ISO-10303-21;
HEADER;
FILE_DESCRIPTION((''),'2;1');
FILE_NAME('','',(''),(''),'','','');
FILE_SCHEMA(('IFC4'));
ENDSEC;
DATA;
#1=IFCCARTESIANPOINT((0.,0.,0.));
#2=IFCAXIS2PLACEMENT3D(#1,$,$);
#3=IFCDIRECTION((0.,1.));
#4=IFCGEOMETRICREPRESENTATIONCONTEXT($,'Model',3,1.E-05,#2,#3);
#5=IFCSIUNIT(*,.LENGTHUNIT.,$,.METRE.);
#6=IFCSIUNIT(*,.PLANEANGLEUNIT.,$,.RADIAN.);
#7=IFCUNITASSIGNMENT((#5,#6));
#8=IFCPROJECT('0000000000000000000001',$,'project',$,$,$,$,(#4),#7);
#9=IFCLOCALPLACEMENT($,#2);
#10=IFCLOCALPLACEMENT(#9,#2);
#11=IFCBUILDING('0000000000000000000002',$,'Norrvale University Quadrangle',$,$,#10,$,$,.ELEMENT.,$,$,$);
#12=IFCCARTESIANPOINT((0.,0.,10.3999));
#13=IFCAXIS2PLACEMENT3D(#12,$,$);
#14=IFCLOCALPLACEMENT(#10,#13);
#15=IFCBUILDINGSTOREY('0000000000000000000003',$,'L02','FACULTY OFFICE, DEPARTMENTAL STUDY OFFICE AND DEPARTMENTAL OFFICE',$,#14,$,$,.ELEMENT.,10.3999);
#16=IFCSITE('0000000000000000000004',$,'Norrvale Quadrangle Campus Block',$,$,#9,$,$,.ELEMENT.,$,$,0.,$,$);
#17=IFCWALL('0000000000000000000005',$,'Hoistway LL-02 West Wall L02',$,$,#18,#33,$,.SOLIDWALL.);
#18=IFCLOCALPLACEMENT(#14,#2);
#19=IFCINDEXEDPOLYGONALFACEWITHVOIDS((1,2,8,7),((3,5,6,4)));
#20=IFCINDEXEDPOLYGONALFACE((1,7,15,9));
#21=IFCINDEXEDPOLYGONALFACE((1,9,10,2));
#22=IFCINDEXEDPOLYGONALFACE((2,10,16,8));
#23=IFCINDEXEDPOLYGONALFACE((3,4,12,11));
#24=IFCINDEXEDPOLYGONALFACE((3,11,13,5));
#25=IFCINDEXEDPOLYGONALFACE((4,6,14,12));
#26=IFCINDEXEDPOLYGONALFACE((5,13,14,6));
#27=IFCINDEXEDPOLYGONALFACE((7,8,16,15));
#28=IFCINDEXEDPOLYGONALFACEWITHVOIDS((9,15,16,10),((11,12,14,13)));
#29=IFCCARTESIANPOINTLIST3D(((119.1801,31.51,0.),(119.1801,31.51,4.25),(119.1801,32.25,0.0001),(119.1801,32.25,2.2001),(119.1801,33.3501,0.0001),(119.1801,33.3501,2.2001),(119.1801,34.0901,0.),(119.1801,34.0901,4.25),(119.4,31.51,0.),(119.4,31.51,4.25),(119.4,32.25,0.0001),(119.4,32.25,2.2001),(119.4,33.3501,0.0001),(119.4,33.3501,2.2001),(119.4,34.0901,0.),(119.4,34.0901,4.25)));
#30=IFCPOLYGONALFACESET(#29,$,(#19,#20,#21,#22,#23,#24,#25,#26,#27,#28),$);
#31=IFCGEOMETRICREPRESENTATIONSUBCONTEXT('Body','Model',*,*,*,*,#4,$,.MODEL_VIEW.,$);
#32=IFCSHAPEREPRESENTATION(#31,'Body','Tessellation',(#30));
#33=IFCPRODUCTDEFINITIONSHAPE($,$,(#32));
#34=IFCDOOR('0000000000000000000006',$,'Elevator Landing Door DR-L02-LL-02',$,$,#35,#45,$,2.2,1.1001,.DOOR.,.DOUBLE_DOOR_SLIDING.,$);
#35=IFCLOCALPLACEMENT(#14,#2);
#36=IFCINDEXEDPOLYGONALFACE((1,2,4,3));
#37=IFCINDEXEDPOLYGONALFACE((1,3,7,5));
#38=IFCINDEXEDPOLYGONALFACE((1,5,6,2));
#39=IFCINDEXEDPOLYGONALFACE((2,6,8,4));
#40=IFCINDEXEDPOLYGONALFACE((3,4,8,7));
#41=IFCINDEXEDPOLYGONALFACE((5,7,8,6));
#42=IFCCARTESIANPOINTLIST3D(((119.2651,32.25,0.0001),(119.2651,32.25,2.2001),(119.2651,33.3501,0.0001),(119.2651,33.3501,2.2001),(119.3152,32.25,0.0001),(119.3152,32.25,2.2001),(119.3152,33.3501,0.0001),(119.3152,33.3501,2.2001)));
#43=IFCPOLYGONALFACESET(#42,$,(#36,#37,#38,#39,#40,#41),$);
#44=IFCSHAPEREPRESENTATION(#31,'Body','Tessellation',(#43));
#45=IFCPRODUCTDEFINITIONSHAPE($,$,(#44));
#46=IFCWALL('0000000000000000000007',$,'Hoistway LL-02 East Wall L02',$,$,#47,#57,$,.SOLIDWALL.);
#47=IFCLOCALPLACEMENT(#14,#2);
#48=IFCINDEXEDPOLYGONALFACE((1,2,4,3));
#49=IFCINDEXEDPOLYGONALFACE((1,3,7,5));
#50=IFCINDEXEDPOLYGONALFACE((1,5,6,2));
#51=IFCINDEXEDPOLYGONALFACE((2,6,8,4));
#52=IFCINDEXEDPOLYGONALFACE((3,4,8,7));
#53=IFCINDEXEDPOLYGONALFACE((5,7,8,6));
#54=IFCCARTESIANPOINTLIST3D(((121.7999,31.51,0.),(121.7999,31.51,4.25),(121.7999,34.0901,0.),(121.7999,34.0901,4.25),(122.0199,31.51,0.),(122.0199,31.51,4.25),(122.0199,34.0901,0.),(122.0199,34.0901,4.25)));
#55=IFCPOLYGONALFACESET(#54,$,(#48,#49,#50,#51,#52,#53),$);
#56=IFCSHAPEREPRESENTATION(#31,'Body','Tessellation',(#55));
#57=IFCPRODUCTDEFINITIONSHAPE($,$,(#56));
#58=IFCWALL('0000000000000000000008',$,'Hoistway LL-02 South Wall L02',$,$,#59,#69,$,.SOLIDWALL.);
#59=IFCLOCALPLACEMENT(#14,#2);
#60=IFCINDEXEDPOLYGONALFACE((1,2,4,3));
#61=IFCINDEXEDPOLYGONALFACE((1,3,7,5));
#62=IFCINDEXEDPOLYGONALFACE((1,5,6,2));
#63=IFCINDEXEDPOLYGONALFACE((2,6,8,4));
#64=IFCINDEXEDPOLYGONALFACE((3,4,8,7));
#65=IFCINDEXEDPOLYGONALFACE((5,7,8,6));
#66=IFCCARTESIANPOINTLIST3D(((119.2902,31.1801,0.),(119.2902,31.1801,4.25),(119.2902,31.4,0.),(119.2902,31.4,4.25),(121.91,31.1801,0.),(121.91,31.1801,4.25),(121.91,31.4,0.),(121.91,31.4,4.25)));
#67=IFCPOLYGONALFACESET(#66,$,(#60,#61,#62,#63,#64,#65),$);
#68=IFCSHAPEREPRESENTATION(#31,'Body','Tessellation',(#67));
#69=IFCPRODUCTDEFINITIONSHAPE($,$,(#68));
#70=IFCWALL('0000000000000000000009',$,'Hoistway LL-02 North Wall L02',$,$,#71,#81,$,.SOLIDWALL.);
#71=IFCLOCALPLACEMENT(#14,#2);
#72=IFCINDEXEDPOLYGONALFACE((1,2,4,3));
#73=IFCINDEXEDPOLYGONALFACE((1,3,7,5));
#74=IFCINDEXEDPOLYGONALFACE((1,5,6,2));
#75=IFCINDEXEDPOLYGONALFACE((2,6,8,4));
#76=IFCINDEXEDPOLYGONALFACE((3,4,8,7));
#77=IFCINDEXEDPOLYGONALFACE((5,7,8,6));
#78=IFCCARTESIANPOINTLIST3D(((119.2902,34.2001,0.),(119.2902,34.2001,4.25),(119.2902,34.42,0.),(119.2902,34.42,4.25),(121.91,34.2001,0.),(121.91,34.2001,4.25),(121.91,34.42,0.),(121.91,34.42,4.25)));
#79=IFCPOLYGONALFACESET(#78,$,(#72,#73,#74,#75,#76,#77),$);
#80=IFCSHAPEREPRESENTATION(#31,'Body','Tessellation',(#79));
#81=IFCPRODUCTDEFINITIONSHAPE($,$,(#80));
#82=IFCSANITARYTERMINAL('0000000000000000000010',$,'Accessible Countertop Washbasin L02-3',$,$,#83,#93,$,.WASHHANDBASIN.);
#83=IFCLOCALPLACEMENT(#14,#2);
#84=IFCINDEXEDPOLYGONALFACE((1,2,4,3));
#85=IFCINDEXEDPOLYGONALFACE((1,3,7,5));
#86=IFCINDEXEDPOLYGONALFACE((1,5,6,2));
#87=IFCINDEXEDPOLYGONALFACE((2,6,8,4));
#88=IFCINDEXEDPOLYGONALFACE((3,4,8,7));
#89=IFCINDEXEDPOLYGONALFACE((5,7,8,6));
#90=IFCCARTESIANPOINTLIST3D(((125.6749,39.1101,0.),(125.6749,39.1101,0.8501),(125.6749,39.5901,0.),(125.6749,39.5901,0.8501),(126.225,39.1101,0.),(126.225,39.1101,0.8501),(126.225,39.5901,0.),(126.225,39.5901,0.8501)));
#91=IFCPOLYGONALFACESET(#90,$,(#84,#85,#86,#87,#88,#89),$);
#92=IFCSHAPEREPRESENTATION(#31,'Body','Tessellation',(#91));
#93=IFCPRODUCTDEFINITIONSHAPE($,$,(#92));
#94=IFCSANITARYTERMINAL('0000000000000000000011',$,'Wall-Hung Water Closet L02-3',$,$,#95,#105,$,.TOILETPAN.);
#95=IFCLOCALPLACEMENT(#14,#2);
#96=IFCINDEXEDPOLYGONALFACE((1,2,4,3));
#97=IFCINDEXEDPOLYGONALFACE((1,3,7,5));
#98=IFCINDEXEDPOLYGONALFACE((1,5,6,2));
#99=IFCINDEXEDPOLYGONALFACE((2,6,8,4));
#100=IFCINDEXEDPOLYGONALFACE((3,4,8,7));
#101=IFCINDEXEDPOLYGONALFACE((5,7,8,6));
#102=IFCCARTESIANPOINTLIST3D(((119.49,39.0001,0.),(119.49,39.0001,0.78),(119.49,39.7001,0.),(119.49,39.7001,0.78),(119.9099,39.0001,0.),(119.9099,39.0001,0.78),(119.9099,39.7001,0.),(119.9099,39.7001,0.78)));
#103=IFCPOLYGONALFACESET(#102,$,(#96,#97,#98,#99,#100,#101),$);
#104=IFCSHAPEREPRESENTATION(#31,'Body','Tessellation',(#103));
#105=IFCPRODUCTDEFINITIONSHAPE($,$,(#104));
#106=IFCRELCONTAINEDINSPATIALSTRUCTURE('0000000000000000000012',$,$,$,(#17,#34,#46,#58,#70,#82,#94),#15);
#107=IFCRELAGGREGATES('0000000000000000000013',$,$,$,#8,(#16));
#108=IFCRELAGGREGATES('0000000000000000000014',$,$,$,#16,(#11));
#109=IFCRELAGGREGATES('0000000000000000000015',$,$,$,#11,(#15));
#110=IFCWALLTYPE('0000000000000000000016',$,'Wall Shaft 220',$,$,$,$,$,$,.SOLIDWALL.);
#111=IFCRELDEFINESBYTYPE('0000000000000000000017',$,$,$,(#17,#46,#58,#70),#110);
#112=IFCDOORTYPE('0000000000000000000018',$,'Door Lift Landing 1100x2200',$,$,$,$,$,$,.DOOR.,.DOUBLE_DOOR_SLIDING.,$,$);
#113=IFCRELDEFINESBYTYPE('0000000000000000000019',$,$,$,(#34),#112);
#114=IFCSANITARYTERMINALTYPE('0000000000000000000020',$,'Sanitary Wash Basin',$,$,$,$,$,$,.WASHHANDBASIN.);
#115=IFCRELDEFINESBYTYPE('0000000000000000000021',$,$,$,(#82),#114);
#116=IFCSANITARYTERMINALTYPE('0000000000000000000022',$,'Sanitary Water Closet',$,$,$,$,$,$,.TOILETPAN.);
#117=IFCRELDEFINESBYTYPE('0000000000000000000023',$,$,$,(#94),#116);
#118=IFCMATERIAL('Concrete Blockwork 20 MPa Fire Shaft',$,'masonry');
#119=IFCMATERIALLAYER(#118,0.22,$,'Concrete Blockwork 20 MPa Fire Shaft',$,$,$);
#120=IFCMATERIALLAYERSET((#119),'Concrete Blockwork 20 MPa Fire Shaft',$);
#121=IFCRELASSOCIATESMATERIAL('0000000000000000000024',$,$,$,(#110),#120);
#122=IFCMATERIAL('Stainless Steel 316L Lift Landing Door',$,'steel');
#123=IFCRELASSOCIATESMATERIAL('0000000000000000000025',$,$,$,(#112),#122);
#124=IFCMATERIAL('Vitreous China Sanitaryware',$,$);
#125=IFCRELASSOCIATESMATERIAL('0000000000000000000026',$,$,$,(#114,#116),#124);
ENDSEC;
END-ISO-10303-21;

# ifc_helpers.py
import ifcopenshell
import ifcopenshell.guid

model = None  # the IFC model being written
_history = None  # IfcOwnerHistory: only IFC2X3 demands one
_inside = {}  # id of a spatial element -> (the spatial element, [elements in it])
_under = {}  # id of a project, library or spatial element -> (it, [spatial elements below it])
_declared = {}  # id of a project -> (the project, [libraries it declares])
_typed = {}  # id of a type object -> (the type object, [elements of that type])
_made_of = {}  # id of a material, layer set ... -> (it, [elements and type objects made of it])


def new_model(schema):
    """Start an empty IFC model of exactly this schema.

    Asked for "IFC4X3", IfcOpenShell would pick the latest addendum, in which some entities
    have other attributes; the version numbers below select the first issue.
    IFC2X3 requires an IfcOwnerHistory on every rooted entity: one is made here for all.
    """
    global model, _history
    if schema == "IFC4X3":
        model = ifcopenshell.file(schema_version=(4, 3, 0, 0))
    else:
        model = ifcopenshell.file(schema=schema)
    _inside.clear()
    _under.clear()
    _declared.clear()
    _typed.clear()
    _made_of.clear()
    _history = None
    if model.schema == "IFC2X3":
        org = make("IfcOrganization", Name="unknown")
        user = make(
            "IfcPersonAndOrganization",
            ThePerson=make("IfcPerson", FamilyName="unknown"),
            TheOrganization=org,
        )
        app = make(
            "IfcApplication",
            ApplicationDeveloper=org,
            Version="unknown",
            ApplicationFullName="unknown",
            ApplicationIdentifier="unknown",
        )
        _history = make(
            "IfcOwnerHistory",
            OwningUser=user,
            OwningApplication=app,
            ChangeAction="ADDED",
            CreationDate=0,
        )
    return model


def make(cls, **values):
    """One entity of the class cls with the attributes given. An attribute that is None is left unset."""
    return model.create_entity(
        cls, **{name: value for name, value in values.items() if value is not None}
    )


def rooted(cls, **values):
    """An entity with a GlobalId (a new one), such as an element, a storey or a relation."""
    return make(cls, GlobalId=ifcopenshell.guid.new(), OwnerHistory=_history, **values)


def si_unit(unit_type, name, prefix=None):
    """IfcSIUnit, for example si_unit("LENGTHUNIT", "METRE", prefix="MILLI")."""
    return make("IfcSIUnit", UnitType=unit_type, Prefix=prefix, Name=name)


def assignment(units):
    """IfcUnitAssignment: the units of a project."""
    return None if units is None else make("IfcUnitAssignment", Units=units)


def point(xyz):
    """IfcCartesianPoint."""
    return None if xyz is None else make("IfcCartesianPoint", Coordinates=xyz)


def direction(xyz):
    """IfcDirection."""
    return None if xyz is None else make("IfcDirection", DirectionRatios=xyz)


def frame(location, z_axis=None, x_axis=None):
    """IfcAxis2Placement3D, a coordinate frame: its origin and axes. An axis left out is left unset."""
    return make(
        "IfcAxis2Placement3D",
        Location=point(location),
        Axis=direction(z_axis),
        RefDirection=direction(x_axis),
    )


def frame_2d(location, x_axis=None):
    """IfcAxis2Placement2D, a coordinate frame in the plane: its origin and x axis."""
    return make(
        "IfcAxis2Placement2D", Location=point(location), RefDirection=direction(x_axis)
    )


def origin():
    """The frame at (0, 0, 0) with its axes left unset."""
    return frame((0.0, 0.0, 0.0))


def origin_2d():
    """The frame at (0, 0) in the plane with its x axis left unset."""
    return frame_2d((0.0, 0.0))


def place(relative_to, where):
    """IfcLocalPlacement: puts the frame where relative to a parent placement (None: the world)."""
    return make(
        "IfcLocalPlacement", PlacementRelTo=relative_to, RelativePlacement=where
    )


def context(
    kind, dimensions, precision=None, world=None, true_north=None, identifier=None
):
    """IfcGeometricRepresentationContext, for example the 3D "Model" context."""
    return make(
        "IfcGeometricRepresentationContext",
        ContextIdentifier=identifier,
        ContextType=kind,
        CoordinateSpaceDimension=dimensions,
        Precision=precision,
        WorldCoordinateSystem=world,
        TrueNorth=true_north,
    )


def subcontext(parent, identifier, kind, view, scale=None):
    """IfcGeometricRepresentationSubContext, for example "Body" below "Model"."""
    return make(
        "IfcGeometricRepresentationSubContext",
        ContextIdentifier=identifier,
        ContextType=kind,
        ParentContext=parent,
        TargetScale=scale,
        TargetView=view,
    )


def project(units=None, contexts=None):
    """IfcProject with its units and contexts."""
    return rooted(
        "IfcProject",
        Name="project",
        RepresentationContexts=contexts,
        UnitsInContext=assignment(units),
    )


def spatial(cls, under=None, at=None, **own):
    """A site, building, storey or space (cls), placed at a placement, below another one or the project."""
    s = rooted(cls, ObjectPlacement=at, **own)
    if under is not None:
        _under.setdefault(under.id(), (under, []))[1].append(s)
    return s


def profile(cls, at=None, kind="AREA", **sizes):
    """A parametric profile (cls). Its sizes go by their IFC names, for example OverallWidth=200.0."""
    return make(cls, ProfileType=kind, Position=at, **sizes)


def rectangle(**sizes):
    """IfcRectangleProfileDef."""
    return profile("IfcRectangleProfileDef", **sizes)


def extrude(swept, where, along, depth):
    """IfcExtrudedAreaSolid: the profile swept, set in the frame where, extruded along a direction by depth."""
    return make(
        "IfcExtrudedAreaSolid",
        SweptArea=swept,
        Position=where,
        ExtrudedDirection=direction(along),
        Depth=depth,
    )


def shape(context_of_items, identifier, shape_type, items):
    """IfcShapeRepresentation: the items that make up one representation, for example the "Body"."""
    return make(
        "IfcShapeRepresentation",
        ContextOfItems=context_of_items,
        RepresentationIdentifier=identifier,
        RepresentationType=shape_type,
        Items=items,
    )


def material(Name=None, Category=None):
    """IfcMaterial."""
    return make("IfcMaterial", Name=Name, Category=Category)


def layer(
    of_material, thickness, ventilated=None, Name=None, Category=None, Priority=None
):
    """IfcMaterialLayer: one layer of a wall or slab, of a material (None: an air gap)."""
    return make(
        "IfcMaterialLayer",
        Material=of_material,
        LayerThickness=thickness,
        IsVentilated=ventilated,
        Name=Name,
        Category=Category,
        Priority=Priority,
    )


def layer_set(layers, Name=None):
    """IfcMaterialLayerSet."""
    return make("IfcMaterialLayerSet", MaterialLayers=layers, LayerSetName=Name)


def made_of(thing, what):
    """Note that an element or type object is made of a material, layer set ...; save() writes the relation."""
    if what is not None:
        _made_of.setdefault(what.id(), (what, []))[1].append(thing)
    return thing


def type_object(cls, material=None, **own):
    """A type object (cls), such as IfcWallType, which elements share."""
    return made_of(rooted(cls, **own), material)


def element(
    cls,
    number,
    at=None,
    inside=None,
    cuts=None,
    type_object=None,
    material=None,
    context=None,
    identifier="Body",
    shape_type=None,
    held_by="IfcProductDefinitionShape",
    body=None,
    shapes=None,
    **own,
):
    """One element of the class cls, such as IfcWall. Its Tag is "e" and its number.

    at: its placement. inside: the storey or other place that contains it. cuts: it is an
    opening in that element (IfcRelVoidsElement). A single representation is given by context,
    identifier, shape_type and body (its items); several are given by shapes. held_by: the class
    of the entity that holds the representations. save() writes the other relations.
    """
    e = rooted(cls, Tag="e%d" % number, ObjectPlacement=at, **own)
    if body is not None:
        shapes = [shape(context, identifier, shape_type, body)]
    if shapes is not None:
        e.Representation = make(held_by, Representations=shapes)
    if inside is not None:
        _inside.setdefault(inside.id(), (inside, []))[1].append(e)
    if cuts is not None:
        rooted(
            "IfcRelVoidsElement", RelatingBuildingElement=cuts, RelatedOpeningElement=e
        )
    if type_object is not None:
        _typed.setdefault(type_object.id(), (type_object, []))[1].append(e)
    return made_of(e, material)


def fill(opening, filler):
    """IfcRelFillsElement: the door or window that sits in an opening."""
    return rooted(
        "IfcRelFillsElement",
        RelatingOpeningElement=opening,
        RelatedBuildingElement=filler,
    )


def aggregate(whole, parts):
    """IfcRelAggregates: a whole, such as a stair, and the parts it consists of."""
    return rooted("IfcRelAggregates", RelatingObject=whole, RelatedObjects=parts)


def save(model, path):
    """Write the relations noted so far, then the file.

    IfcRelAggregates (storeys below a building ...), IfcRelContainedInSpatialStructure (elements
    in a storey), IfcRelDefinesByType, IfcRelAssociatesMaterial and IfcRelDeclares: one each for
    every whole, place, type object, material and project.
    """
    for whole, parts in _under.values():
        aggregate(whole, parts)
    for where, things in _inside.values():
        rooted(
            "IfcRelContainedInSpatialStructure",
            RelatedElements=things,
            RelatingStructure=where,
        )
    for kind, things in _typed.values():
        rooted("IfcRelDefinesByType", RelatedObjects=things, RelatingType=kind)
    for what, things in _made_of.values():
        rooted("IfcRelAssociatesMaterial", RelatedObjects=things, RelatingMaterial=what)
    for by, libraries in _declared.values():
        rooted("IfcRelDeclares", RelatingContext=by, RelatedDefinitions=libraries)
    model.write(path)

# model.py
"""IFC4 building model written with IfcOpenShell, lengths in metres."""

from ifc_helpers import new_model, si_unit, direction, frame, frame_2d, origin, origin_2d, place, context, subcontext, project, spatial, rectangle, extrude, material, layer, layer_set, type_object, element, fill, save


model = new_model("IFC4")

# Units and contexts
model_context = context("Model", 3, precision=1e-05, world=origin(), true_north=direction((0.0, 1.0)))
body_context = subcontext(model_context, "Body", "Model", "MODEL_VIEW")
ifc_project = project(units=[si_unit("LENGTHUNIT", "METRE"), si_unit("PLANEANGLEUNIT", "RADIAN")], contexts=[model_context])

# Site, building, storey
site_placement = place(None, origin())
site = spatial("IfcSite", under=ifc_project, at=site_placement, Name="Norrvale Quadrangle Campus Block", CompositionType="ELEMENT", RefElevation=0.0)
building_placement = place(site_placement, origin())
building = spatial("IfcBuilding", under=site, at=building_placement, Name="Norrvale University Quadrangle", CompositionType="ELEMENT")
storey_placement = place(building_placement, frame((0.0, 0.0, 10.3999)))
storey = spatial("IfcBuildingStorey", under=building, at=storey_placement, Name="L02", Description="FACULTY OFFICE, DEPARTMENTAL STUDY OFFICE AND DEPARTMENTAL OFFICE", CompositionType="ELEMENT", Elevation=10.3999)

# Shared definitions
ifc_material_1 = material(Name="Concrete Blockwork 20 MPa Fire Shaft", Category="masonry")
ifc_layer_1 = layer(ifc_material_1, 0.22, Name="Concrete Blockwork 20 MPa Fire Shaft")
ifc_layer_set_1 = layer_set([ifc_layer_1], Name="Concrete Blockwork 20 MPa Fire Shaft")
wall_type_1 = type_object("IfcWallType", Name="Wall Shaft 220", PredefinedType="SOLIDWALL", material=ifc_layer_set_1)
ifc_material_2 = material(Name="Stainless Steel 316L Lift Landing Door", Category="steel")
door_type_1 = type_object("IfcDoorType", Name="Door Lift Landing 1100x2200", OperationType="DOUBLE_DOOR_SLIDING", PredefinedType="DOOR", material=ifc_material_2)

# Wall, opening, door
wall_1_placement = place(storey_placement, frame((119.29, 31.51, 0.0), z_axis=(0.0, 0.0, 1.0), x_axis=(0.0, 1.0, 0.0)))
wall_1 = element("IfcWall", 1, at=wall_1_placement, inside=storey, type_object=wall_type_1, Name="Hoistway LL-02 West Wall L02", PredefinedType="SOLIDWALL", context=body_context, shape_type="SweptSolid", body=[
    extrude(rectangle(XDim=2.5801, YDim=0.22, at=frame_2d((1.29, 0.0))), origin(), (0.0, 0.0, 1.0), 4.25),
])
opening_1_placement = place(wall_1_placement, frame((0.74, 0.0, 0.0)))
opening_1 = element("IfcOpeningElement", 2, at=opening_1_placement, cuts=wall_1, PredefinedType="OPENING", context=body_context, shape_type="SweptSolid", body=[
    extrude(rectangle(XDim=1.1001, YDim=2.2, at=frame_2d((0.55, 1.1001))), frame((0.0, 0.1221, 0.0), z_axis=(0.0, -1.0, 0.0), x_axis=(1.0, 0.0, 0.0)), (0.0, 0.0, 1.0), 0.2439),
])
door_1_placement = place(opening_1_placement, origin())
door_1 = element("IfcDoor", 3, at=door_1_placement, inside=storey, type_object=door_type_1, Name="Elevator Landing Door DR-L02-LL-02", OperationType="DOUBLE_DOOR_SLIDING", OverallHeight=2.2, OverallWidth=1.1001, PredefinedType="DOOR", context=body_context, shape_type="SweptSolid", body=[
    extrude(rectangle(XDim=1.1001, YDim=2.2, at=frame_2d((0.55, 1.1001))), frame((0.0, 0.0249, 0.0), z_axis=(0.0, -1.0, 0.0), x_axis=(1.0, 0.0, 0.0)), (0.0, 0.0, 1.0), 0.05),
])
fill(opening_1, door_1)

# Walls
wall_2_placement = place(storey_placement, frame((121.9099, 31.51, 0.0), z_axis=(0.0, 0.0, 1.0), x_axis=(0.0, 1.0, 0.0)))
element("IfcWall", 4, at=wall_2_placement, inside=storey, type_object=wall_type_1, Name="Hoistway LL-02 East Wall L02", PredefinedType="SOLIDWALL", context=body_context, shape_type="SweptSolid", body=[
    extrude(rectangle(XDim=2.5801, YDim=0.22, at=frame_2d((1.29, 0.0))), origin(), (0.0, 0.0, 1.0), 4.25),
])
for number, where, z_axis, x_axis, name in (
    (5, (119.29, 31.29, 0.0), (0.0, 0.0, 1.0), (1.0, 0.0, 0.0), "Hoistway LL-02 South Wall L02"),
    (6, (119.29, 34.3101, 0.0), (0.0, 0.0, 1.0), (1.0, 0.0, 0.0), "Hoistway LL-02 North Wall L02"),
):
    element("IfcWall", number, at=place(storey_placement, frame(where, z_axis=z_axis, x_axis=x_axis)), inside=storey, type_object=wall_type_1, Name=name, PredefinedType="SOLIDWALL", context=body_context, shape_type="SweptSolid", body=[
        extrude(rectangle(XDim=2.6199, YDim=0.22, at=frame_2d((1.3101, 0.0))), origin(), (0.0, 0.0, 1.0), 4.25),
    ])

# Sanitary terminals
ifc_material_3 = material(Name="Vitreous China Sanitaryware")
sanitary_terminal_type_1 = type_object("IfcSanitaryTerminalType", Name="Sanitary Wash Basin", PredefinedType="WASHHANDBASIN", material=ifc_material_3)
sanitary_terminal_1_placement = place(storey_placement, frame((125.95, 39.3501, 0.0), z_axis=(0.0, 0.0, 1.0), x_axis=(1.0, 0.0, 0.0)))
element("IfcSanitaryTerminal", 7, at=sanitary_terminal_1_placement, inside=storey, type_object=sanitary_terminal_type_1, Name="Accessible Countertop Washbasin L02-3", PredefinedType="WASHHANDBASIN", context=body_context, shape_type="SweptSolid", body=[
    extrude(rectangle(XDim=0.55, YDim=0.48, at=origin_2d()), origin(), (0.0, 0.0, 1.0), 0.8501),
])
sanitary_terminal_type_2 = type_object("IfcSanitaryTerminalType", Name="Sanitary Water Closet", PredefinedType="TOILETPAN", material=ifc_material_3)
sanitary_terminal_2_placement = place(storey_placement, frame((119.7, 39.3501, 0.0), z_axis=(0.0, 0.0, 1.0), x_axis=(1.0, 0.0, 0.0)))
element("IfcSanitaryTerminal", 8, at=sanitary_terminal_2_placement, inside=storey, type_object=sanitary_terminal_type_2, Name="Wall-Hung Water Closet L02-3", PredefinedType="TOILETPAN", context=body_context, shape_type="SweptSolid", body=[
    extrude(rectangle(XDim=0.4199, YDim=0.7, at=origin_2d()), origin(), (0.0, 0.0, 1.0), 0.78),
])

save(model, "model.ifc")
